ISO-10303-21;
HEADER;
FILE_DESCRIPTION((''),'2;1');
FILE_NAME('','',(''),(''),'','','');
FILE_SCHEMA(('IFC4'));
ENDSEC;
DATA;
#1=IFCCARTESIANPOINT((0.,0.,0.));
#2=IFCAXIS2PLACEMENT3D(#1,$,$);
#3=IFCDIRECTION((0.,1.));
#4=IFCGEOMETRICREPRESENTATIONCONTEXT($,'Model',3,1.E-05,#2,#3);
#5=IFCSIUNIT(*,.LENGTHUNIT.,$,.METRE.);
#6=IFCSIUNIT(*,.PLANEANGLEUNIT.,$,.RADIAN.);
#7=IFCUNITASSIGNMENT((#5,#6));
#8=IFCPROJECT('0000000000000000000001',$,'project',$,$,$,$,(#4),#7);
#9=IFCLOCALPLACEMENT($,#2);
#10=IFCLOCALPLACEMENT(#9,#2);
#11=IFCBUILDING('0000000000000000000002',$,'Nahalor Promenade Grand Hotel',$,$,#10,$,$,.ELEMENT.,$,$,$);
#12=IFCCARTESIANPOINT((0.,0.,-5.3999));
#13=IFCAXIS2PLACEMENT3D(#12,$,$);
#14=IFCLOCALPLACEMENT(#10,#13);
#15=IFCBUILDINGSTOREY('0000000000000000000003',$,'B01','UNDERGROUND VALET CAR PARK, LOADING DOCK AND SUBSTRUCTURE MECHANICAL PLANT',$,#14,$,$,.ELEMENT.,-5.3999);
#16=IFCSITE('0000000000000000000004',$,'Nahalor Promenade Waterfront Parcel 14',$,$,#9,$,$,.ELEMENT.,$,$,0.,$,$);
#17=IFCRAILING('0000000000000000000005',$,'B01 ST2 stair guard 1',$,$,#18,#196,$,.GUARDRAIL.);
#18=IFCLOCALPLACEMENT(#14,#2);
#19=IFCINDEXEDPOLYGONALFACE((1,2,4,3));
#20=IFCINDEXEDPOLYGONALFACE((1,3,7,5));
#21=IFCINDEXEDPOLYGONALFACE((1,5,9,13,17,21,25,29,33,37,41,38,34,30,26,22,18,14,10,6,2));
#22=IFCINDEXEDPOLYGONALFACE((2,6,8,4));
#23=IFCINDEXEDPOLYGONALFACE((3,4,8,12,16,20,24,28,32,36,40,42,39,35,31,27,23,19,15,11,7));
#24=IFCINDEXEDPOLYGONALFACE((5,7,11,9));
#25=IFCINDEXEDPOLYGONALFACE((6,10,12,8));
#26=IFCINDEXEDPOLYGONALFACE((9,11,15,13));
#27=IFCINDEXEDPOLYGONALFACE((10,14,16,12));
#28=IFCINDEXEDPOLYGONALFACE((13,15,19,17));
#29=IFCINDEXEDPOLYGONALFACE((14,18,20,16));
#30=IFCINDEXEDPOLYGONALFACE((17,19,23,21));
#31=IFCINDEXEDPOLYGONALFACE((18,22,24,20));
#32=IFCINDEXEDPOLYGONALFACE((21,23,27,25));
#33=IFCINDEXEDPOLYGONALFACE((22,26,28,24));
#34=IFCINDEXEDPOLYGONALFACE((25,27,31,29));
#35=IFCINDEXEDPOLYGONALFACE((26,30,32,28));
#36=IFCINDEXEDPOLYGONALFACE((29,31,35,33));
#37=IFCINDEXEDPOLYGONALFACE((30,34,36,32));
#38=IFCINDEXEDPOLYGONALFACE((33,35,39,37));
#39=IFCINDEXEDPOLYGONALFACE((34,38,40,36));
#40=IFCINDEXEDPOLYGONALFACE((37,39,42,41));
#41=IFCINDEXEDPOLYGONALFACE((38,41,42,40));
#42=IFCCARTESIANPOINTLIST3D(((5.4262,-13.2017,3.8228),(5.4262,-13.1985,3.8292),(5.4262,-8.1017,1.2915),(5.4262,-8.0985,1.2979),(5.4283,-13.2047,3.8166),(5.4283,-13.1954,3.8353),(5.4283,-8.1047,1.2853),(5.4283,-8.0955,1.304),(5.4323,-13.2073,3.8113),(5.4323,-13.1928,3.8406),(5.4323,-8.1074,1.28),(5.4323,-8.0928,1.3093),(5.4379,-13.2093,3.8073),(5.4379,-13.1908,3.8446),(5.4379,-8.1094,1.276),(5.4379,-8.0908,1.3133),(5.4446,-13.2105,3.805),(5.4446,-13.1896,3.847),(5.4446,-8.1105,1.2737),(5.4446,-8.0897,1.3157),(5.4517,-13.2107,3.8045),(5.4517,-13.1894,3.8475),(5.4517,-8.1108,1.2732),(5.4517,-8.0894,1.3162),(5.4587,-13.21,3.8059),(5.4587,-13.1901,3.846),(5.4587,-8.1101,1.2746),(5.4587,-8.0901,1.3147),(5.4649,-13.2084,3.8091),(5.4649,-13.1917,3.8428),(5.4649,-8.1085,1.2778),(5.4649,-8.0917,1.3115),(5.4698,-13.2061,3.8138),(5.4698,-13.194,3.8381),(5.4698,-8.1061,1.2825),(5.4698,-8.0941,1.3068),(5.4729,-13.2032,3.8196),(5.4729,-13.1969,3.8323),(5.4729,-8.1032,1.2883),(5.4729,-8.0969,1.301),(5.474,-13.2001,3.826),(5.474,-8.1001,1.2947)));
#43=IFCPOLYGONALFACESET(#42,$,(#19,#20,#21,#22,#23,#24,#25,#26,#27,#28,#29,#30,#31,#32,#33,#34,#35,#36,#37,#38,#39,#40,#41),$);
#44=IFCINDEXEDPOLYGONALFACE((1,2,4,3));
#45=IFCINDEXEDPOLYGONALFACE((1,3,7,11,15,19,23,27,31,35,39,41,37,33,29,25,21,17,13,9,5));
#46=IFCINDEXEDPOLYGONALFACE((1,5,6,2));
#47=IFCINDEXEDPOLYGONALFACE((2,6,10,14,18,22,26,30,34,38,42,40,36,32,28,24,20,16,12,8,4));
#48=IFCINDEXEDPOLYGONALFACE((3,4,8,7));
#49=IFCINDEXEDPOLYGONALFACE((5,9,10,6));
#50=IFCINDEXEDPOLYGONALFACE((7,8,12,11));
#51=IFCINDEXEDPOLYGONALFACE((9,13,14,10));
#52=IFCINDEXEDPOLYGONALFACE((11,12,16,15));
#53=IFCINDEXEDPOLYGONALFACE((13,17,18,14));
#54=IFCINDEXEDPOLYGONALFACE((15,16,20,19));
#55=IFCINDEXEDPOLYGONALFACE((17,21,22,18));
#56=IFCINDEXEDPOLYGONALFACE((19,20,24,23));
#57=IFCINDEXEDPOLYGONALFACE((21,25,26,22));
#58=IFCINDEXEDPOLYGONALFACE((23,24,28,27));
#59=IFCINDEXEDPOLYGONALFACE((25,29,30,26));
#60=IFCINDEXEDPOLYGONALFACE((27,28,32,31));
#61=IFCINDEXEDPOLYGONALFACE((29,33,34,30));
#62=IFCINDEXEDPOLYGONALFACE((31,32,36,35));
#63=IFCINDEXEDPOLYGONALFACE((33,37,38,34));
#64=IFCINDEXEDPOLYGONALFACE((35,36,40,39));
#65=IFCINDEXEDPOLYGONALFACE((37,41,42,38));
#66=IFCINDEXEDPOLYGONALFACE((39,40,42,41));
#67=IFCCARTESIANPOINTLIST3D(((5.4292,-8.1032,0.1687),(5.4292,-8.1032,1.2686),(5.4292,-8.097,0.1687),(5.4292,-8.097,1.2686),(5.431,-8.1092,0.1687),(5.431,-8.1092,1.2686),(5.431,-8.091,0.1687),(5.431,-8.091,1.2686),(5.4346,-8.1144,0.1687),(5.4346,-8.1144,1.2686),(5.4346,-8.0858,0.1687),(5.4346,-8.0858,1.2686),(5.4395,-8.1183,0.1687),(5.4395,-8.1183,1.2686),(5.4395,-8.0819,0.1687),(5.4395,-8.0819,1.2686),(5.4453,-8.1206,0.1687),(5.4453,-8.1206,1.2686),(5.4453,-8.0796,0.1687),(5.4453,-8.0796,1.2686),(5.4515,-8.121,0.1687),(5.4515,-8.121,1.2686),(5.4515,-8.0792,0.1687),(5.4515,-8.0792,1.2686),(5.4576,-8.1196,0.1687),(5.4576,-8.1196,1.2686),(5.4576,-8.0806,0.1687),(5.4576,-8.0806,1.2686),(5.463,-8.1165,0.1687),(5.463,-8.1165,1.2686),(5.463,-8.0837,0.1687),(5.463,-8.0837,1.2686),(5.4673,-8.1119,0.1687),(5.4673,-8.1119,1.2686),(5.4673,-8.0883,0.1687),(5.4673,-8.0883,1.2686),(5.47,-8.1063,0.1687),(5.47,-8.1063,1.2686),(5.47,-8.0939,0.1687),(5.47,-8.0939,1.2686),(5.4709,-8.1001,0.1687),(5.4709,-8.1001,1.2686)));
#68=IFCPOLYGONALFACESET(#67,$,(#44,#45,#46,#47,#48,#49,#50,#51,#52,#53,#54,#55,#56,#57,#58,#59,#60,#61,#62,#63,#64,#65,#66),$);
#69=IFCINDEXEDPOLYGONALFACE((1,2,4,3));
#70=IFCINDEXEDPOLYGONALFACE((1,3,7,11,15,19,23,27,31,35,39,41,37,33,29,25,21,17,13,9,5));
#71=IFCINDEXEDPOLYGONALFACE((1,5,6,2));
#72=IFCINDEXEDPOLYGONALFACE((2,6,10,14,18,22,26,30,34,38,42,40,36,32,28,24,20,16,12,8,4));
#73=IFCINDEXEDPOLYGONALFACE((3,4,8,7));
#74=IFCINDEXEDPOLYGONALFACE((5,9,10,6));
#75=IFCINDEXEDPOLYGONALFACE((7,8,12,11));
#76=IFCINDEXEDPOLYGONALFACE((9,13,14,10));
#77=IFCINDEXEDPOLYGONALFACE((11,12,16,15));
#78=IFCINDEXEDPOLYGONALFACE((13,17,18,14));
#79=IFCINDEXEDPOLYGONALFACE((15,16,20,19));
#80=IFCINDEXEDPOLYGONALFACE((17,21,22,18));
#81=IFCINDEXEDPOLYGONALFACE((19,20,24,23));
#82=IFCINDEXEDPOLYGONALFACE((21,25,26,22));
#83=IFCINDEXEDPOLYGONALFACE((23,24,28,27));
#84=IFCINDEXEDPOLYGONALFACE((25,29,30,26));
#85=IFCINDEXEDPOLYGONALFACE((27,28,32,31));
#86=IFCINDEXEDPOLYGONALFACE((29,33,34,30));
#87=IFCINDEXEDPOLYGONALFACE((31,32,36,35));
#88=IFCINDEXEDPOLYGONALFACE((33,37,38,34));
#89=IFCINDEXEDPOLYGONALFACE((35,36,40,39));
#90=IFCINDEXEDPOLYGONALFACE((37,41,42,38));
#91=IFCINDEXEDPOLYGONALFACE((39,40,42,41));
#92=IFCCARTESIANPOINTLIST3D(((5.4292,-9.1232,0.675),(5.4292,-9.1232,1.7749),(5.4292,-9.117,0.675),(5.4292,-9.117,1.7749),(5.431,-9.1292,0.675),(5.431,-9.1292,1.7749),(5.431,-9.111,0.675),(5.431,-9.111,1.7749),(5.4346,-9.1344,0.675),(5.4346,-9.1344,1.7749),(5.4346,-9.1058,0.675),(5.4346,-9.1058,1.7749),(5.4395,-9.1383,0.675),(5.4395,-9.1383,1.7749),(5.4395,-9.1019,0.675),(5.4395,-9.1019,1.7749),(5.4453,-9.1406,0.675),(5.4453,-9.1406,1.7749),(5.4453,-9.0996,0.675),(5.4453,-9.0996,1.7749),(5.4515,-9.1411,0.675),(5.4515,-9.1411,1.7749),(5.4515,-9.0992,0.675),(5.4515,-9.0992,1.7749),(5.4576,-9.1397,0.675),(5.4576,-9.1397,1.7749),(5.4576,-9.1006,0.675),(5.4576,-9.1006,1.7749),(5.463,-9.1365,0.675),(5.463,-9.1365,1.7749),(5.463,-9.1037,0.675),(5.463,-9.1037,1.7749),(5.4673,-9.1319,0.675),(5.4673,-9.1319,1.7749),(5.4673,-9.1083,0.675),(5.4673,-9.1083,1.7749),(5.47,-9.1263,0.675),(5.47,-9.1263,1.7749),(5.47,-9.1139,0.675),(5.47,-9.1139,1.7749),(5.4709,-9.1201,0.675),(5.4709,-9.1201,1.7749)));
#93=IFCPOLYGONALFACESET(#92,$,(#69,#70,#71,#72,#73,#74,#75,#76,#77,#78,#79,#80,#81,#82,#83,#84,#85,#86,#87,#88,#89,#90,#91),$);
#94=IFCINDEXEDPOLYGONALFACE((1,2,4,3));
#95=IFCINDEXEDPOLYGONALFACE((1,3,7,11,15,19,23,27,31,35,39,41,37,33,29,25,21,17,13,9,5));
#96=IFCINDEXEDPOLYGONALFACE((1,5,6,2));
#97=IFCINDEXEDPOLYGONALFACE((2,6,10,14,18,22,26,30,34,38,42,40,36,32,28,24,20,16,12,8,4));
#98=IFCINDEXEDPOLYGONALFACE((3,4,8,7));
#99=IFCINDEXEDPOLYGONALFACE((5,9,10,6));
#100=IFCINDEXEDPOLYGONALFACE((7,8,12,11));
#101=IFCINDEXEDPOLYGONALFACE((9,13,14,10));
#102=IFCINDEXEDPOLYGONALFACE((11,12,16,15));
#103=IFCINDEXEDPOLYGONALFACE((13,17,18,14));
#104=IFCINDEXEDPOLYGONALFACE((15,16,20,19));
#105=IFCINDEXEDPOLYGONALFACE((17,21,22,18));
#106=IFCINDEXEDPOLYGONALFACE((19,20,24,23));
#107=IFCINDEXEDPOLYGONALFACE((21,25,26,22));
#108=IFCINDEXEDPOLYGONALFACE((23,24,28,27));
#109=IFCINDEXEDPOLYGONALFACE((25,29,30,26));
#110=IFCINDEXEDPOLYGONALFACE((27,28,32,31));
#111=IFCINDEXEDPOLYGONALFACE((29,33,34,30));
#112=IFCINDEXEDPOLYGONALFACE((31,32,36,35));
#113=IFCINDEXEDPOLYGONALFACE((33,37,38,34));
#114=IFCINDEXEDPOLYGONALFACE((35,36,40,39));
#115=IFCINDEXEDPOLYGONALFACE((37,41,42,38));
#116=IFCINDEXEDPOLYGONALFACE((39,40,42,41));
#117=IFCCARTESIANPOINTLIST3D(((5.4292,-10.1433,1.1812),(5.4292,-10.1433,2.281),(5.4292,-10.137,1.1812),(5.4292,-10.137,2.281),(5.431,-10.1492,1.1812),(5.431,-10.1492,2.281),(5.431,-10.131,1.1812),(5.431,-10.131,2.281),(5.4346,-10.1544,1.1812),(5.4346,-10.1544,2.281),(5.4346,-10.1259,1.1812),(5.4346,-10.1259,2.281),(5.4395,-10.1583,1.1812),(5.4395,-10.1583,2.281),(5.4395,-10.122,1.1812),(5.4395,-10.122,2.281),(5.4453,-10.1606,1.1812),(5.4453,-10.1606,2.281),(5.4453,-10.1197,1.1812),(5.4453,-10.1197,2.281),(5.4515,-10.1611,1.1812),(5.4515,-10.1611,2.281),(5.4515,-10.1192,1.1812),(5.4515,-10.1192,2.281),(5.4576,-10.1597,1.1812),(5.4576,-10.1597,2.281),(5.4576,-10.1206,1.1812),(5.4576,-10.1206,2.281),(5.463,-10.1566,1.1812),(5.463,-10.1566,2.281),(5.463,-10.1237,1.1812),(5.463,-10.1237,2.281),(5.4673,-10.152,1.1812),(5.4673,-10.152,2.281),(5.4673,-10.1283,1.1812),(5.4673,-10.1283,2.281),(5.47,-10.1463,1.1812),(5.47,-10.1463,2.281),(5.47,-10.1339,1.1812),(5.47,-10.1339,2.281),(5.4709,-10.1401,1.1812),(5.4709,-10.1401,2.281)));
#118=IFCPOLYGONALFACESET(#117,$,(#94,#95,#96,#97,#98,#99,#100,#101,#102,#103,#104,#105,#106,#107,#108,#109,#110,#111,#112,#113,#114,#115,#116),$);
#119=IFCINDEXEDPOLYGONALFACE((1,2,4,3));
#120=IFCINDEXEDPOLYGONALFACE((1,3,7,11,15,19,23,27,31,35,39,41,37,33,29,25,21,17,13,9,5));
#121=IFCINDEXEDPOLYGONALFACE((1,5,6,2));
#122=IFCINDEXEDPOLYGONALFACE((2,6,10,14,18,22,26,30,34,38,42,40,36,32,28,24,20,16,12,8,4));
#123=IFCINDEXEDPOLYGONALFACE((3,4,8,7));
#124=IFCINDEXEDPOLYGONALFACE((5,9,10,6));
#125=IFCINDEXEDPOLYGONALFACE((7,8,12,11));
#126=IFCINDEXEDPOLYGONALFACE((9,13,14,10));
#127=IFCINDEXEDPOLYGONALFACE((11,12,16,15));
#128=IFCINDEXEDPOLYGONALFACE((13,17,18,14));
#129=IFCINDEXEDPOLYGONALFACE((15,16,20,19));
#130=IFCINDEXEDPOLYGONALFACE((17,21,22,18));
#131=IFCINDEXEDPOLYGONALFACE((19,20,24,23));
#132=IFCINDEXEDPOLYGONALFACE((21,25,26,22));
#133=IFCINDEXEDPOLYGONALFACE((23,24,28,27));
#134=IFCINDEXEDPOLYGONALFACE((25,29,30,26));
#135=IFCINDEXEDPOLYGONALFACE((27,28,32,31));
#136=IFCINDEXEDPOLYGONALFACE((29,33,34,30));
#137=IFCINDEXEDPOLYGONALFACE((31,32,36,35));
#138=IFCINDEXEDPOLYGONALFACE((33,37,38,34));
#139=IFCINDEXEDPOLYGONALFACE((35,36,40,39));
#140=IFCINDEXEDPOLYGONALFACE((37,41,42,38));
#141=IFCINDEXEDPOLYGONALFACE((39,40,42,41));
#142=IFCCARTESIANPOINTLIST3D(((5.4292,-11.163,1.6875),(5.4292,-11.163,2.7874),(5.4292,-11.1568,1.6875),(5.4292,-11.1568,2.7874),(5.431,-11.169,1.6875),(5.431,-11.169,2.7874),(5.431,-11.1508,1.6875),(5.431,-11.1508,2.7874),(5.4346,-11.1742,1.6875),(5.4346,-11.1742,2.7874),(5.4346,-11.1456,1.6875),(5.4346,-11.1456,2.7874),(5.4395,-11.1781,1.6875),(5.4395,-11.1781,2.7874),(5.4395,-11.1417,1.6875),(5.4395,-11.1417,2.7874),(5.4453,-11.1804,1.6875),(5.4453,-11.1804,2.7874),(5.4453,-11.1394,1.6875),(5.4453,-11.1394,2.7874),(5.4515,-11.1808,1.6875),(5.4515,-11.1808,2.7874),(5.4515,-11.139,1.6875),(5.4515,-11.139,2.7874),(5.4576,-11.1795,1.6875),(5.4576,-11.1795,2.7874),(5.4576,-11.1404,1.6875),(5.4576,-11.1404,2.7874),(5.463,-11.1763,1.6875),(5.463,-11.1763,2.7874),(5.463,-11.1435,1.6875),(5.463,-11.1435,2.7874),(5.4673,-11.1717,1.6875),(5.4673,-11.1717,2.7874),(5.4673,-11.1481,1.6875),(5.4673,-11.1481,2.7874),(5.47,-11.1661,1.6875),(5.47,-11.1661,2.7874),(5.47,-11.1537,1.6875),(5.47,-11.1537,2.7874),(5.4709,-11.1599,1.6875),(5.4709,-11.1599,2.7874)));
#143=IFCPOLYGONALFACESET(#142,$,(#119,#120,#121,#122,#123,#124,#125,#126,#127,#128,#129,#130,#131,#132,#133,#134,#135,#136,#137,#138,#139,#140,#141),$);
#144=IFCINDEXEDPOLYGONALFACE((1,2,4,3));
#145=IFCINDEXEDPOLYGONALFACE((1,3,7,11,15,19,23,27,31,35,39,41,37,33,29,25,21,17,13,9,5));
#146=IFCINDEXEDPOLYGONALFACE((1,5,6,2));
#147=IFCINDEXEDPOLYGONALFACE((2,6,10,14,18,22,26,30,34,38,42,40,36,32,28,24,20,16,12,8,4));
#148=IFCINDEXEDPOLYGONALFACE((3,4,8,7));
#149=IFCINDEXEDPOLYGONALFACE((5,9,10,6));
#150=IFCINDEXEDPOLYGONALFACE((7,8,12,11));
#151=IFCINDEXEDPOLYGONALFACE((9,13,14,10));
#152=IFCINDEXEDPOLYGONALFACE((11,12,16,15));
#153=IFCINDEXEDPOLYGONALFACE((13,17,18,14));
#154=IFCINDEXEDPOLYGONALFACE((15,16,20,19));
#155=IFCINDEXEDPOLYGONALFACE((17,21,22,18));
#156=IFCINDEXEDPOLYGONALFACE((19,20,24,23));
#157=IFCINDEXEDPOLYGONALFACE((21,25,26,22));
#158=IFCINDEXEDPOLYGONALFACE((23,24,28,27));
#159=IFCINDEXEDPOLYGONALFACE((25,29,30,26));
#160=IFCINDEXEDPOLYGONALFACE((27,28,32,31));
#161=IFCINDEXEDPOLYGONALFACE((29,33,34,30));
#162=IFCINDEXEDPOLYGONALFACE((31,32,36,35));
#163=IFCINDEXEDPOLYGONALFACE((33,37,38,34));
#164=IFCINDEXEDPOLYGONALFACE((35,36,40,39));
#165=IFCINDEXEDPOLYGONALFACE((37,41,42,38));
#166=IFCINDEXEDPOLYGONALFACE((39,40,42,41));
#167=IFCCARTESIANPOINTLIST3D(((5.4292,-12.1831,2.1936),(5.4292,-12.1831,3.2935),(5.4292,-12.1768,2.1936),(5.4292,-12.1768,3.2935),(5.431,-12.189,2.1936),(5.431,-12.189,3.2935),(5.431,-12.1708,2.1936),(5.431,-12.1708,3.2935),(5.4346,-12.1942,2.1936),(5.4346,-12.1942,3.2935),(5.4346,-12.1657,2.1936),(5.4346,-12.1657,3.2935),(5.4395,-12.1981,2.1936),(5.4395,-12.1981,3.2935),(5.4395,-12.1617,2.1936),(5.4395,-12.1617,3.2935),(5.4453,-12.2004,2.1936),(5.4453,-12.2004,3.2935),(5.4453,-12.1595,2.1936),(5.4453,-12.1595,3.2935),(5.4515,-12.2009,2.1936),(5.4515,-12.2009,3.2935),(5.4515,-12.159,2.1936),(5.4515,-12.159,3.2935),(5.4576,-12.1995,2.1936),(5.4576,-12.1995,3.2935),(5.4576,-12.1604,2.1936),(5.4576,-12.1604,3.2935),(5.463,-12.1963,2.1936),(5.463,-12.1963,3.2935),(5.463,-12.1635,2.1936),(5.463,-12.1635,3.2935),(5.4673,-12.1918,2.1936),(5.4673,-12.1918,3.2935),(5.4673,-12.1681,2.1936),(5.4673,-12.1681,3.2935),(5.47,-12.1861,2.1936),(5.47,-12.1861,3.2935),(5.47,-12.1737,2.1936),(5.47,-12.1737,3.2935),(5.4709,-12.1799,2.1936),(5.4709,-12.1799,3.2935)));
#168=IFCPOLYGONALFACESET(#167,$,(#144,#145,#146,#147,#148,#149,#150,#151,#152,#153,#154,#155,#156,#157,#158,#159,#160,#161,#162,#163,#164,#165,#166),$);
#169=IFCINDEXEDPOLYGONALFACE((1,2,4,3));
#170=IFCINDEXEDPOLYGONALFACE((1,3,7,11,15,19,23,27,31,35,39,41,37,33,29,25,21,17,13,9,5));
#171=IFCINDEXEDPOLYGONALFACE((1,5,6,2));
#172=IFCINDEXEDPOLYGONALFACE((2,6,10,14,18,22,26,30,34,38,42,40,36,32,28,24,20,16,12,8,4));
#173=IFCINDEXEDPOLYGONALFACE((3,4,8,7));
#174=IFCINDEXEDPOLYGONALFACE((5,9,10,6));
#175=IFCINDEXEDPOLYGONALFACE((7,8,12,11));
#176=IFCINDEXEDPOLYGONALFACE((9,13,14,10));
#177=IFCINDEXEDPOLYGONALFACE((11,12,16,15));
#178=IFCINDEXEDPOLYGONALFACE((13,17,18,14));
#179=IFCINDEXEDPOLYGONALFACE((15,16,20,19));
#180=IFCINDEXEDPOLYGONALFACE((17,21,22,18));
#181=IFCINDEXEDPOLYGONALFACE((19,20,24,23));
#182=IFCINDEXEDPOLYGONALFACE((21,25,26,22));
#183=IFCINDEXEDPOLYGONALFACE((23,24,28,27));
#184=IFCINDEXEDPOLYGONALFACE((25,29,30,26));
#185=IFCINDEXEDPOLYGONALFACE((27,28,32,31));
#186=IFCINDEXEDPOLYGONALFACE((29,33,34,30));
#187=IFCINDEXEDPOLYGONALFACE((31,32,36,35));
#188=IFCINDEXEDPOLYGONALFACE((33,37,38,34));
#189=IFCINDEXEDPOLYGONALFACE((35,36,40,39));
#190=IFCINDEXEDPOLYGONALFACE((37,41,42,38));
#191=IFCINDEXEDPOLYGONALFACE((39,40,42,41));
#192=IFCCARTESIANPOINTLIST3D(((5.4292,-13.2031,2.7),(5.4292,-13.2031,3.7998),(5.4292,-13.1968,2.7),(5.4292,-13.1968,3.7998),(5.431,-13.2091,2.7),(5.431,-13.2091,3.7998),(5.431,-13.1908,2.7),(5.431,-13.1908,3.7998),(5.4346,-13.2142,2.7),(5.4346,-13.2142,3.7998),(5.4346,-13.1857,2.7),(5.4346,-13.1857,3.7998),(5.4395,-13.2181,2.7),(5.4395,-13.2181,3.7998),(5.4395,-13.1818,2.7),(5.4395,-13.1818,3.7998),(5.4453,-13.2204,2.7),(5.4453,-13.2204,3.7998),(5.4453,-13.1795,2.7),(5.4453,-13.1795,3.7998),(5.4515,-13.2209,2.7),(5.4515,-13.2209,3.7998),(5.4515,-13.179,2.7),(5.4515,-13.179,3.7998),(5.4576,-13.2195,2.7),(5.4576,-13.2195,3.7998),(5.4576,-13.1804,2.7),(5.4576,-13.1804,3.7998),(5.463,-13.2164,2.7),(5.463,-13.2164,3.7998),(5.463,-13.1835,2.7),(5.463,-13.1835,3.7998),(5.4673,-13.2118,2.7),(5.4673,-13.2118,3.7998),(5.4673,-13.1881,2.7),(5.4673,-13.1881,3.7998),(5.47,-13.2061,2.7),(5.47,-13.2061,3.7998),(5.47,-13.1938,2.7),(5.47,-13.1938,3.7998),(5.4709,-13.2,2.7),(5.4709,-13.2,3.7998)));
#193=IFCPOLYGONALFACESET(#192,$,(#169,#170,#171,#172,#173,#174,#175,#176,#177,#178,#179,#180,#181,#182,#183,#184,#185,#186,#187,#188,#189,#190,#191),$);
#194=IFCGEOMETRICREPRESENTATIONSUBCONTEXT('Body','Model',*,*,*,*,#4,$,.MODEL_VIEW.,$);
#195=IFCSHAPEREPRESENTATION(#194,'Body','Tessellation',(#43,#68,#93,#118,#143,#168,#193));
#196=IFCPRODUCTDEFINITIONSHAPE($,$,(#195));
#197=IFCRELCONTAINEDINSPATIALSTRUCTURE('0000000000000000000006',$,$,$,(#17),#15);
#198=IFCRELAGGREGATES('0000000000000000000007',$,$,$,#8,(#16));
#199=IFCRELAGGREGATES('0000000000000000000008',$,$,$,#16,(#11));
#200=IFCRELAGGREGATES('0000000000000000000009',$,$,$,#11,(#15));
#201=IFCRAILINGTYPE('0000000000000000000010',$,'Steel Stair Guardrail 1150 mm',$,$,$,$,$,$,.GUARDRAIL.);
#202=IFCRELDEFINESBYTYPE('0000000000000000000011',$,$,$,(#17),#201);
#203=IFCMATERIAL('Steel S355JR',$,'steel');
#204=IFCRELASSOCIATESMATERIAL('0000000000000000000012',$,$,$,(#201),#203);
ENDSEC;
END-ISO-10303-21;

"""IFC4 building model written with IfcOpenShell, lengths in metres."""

from ifc_helpers import new_model, si_unit, direction, frame, origin, origin_2d, place, context, subcontext, project, spatial, circle, extrude, material, type_object, element, save


model = new_model("IFC4")

# Units and contexts
model_context = context("Model", 3, precision=1e-05, world=origin(), true_north=direction((0.0, 1.0)))
body_context = subcontext(model_context, "Body", "Model", "MODEL_VIEW")
ifc_project = project(units=[si_unit("LENGTHUNIT", "METRE"), si_unit("PLANEANGLEUNIT", "RADIAN")], contexts=[model_context])

# Site, building, storey
site_placement = place(None, origin())
site = spatial("IfcSite", under=ifc_project, at=site_placement, Name="Nahalor Promenade Waterfront Parcel 14", CompositionType="ELEMENT", RefElevation=0.0)
building_placement = place(site_placement, origin())
building = spatial("IfcBuilding", under=site, at=building_placement, Name="Nahalor Promenade Grand Hotel", CompositionType="ELEMENT")
storey_placement = place(building_placement, frame((0.0, 0.0, -5.3999)))
storey = spatial("IfcBuildingStorey", under=building, at=storey_placement, Name="B01", Description="UNDERGROUND VALET CAR PARK, LOADING DOCK AND SUBSTRUCTURE MECHANICAL PLANT", CompositionType="ELEMENT", Elevation=-5.3999)

# Shared definitions
ifc_material_1 = material(Name="Steel S355JR", Category="steel")

# Railing
railing_type_1 = type_object("IfcRailingType", Name="Steel Stair Guardrail 1150 mm", PredefinedType="GUARDRAIL", material=ifc_material_1)
railing_1_placement = place(storey_placement, frame((5.45, -8.1001, 0.1687)))
element("IfcRailing", 1, at=railing_1_placement, inside=storey, type_object=railing_type_1, Name="B01 ST2 stair guard 1", PredefinedType="GUARDRAIL", context=body_context, shape_type="SweptSolid", body=[
    extrude(circle(Radius=0.024, at=origin_2d()), frame((0.0, 0.0, 1.126), z_axis=(0.0, -0.895735, 0.444587), x_axis=(1.0, 0.0, 0.0)), (0.0, 0.0, 1.0), 5.6936),
    extrude(circle(Radius=0.021, at=origin_2d()), origin(), (0.0, 0.0, 1.0), 1.0999),
    extrude(circle(Radius=0.021, at=origin_2d()), frame((0.0, -1.02, 0.5063)), (0.0, 0.0, 1.0), 1.0999),
    extrude(circle(Radius=0.021, at=origin_2d()), frame((0.0, -2.04, 1.0125)), (0.0, 0.0, 1.0), 1.0999),
    extrude(circle(Radius=0.021, at=origin_2d()), frame((0.0, -3.0598, 1.5188)), (0.0, 0.0, 1.0), 1.0999),
    extrude(circle(Radius=0.021, at=origin_2d()), frame((0.0, -4.0798, 2.0249)), (0.0, 0.0, 1.0), 1.0999),
    extrude(circle(Radius=0.021, at=origin_2d()), frame((0.0, -5.0999, 2.5312)), (0.0, 0.0, 1.0), 1.0999),
])

save(model, "model.ifc")
